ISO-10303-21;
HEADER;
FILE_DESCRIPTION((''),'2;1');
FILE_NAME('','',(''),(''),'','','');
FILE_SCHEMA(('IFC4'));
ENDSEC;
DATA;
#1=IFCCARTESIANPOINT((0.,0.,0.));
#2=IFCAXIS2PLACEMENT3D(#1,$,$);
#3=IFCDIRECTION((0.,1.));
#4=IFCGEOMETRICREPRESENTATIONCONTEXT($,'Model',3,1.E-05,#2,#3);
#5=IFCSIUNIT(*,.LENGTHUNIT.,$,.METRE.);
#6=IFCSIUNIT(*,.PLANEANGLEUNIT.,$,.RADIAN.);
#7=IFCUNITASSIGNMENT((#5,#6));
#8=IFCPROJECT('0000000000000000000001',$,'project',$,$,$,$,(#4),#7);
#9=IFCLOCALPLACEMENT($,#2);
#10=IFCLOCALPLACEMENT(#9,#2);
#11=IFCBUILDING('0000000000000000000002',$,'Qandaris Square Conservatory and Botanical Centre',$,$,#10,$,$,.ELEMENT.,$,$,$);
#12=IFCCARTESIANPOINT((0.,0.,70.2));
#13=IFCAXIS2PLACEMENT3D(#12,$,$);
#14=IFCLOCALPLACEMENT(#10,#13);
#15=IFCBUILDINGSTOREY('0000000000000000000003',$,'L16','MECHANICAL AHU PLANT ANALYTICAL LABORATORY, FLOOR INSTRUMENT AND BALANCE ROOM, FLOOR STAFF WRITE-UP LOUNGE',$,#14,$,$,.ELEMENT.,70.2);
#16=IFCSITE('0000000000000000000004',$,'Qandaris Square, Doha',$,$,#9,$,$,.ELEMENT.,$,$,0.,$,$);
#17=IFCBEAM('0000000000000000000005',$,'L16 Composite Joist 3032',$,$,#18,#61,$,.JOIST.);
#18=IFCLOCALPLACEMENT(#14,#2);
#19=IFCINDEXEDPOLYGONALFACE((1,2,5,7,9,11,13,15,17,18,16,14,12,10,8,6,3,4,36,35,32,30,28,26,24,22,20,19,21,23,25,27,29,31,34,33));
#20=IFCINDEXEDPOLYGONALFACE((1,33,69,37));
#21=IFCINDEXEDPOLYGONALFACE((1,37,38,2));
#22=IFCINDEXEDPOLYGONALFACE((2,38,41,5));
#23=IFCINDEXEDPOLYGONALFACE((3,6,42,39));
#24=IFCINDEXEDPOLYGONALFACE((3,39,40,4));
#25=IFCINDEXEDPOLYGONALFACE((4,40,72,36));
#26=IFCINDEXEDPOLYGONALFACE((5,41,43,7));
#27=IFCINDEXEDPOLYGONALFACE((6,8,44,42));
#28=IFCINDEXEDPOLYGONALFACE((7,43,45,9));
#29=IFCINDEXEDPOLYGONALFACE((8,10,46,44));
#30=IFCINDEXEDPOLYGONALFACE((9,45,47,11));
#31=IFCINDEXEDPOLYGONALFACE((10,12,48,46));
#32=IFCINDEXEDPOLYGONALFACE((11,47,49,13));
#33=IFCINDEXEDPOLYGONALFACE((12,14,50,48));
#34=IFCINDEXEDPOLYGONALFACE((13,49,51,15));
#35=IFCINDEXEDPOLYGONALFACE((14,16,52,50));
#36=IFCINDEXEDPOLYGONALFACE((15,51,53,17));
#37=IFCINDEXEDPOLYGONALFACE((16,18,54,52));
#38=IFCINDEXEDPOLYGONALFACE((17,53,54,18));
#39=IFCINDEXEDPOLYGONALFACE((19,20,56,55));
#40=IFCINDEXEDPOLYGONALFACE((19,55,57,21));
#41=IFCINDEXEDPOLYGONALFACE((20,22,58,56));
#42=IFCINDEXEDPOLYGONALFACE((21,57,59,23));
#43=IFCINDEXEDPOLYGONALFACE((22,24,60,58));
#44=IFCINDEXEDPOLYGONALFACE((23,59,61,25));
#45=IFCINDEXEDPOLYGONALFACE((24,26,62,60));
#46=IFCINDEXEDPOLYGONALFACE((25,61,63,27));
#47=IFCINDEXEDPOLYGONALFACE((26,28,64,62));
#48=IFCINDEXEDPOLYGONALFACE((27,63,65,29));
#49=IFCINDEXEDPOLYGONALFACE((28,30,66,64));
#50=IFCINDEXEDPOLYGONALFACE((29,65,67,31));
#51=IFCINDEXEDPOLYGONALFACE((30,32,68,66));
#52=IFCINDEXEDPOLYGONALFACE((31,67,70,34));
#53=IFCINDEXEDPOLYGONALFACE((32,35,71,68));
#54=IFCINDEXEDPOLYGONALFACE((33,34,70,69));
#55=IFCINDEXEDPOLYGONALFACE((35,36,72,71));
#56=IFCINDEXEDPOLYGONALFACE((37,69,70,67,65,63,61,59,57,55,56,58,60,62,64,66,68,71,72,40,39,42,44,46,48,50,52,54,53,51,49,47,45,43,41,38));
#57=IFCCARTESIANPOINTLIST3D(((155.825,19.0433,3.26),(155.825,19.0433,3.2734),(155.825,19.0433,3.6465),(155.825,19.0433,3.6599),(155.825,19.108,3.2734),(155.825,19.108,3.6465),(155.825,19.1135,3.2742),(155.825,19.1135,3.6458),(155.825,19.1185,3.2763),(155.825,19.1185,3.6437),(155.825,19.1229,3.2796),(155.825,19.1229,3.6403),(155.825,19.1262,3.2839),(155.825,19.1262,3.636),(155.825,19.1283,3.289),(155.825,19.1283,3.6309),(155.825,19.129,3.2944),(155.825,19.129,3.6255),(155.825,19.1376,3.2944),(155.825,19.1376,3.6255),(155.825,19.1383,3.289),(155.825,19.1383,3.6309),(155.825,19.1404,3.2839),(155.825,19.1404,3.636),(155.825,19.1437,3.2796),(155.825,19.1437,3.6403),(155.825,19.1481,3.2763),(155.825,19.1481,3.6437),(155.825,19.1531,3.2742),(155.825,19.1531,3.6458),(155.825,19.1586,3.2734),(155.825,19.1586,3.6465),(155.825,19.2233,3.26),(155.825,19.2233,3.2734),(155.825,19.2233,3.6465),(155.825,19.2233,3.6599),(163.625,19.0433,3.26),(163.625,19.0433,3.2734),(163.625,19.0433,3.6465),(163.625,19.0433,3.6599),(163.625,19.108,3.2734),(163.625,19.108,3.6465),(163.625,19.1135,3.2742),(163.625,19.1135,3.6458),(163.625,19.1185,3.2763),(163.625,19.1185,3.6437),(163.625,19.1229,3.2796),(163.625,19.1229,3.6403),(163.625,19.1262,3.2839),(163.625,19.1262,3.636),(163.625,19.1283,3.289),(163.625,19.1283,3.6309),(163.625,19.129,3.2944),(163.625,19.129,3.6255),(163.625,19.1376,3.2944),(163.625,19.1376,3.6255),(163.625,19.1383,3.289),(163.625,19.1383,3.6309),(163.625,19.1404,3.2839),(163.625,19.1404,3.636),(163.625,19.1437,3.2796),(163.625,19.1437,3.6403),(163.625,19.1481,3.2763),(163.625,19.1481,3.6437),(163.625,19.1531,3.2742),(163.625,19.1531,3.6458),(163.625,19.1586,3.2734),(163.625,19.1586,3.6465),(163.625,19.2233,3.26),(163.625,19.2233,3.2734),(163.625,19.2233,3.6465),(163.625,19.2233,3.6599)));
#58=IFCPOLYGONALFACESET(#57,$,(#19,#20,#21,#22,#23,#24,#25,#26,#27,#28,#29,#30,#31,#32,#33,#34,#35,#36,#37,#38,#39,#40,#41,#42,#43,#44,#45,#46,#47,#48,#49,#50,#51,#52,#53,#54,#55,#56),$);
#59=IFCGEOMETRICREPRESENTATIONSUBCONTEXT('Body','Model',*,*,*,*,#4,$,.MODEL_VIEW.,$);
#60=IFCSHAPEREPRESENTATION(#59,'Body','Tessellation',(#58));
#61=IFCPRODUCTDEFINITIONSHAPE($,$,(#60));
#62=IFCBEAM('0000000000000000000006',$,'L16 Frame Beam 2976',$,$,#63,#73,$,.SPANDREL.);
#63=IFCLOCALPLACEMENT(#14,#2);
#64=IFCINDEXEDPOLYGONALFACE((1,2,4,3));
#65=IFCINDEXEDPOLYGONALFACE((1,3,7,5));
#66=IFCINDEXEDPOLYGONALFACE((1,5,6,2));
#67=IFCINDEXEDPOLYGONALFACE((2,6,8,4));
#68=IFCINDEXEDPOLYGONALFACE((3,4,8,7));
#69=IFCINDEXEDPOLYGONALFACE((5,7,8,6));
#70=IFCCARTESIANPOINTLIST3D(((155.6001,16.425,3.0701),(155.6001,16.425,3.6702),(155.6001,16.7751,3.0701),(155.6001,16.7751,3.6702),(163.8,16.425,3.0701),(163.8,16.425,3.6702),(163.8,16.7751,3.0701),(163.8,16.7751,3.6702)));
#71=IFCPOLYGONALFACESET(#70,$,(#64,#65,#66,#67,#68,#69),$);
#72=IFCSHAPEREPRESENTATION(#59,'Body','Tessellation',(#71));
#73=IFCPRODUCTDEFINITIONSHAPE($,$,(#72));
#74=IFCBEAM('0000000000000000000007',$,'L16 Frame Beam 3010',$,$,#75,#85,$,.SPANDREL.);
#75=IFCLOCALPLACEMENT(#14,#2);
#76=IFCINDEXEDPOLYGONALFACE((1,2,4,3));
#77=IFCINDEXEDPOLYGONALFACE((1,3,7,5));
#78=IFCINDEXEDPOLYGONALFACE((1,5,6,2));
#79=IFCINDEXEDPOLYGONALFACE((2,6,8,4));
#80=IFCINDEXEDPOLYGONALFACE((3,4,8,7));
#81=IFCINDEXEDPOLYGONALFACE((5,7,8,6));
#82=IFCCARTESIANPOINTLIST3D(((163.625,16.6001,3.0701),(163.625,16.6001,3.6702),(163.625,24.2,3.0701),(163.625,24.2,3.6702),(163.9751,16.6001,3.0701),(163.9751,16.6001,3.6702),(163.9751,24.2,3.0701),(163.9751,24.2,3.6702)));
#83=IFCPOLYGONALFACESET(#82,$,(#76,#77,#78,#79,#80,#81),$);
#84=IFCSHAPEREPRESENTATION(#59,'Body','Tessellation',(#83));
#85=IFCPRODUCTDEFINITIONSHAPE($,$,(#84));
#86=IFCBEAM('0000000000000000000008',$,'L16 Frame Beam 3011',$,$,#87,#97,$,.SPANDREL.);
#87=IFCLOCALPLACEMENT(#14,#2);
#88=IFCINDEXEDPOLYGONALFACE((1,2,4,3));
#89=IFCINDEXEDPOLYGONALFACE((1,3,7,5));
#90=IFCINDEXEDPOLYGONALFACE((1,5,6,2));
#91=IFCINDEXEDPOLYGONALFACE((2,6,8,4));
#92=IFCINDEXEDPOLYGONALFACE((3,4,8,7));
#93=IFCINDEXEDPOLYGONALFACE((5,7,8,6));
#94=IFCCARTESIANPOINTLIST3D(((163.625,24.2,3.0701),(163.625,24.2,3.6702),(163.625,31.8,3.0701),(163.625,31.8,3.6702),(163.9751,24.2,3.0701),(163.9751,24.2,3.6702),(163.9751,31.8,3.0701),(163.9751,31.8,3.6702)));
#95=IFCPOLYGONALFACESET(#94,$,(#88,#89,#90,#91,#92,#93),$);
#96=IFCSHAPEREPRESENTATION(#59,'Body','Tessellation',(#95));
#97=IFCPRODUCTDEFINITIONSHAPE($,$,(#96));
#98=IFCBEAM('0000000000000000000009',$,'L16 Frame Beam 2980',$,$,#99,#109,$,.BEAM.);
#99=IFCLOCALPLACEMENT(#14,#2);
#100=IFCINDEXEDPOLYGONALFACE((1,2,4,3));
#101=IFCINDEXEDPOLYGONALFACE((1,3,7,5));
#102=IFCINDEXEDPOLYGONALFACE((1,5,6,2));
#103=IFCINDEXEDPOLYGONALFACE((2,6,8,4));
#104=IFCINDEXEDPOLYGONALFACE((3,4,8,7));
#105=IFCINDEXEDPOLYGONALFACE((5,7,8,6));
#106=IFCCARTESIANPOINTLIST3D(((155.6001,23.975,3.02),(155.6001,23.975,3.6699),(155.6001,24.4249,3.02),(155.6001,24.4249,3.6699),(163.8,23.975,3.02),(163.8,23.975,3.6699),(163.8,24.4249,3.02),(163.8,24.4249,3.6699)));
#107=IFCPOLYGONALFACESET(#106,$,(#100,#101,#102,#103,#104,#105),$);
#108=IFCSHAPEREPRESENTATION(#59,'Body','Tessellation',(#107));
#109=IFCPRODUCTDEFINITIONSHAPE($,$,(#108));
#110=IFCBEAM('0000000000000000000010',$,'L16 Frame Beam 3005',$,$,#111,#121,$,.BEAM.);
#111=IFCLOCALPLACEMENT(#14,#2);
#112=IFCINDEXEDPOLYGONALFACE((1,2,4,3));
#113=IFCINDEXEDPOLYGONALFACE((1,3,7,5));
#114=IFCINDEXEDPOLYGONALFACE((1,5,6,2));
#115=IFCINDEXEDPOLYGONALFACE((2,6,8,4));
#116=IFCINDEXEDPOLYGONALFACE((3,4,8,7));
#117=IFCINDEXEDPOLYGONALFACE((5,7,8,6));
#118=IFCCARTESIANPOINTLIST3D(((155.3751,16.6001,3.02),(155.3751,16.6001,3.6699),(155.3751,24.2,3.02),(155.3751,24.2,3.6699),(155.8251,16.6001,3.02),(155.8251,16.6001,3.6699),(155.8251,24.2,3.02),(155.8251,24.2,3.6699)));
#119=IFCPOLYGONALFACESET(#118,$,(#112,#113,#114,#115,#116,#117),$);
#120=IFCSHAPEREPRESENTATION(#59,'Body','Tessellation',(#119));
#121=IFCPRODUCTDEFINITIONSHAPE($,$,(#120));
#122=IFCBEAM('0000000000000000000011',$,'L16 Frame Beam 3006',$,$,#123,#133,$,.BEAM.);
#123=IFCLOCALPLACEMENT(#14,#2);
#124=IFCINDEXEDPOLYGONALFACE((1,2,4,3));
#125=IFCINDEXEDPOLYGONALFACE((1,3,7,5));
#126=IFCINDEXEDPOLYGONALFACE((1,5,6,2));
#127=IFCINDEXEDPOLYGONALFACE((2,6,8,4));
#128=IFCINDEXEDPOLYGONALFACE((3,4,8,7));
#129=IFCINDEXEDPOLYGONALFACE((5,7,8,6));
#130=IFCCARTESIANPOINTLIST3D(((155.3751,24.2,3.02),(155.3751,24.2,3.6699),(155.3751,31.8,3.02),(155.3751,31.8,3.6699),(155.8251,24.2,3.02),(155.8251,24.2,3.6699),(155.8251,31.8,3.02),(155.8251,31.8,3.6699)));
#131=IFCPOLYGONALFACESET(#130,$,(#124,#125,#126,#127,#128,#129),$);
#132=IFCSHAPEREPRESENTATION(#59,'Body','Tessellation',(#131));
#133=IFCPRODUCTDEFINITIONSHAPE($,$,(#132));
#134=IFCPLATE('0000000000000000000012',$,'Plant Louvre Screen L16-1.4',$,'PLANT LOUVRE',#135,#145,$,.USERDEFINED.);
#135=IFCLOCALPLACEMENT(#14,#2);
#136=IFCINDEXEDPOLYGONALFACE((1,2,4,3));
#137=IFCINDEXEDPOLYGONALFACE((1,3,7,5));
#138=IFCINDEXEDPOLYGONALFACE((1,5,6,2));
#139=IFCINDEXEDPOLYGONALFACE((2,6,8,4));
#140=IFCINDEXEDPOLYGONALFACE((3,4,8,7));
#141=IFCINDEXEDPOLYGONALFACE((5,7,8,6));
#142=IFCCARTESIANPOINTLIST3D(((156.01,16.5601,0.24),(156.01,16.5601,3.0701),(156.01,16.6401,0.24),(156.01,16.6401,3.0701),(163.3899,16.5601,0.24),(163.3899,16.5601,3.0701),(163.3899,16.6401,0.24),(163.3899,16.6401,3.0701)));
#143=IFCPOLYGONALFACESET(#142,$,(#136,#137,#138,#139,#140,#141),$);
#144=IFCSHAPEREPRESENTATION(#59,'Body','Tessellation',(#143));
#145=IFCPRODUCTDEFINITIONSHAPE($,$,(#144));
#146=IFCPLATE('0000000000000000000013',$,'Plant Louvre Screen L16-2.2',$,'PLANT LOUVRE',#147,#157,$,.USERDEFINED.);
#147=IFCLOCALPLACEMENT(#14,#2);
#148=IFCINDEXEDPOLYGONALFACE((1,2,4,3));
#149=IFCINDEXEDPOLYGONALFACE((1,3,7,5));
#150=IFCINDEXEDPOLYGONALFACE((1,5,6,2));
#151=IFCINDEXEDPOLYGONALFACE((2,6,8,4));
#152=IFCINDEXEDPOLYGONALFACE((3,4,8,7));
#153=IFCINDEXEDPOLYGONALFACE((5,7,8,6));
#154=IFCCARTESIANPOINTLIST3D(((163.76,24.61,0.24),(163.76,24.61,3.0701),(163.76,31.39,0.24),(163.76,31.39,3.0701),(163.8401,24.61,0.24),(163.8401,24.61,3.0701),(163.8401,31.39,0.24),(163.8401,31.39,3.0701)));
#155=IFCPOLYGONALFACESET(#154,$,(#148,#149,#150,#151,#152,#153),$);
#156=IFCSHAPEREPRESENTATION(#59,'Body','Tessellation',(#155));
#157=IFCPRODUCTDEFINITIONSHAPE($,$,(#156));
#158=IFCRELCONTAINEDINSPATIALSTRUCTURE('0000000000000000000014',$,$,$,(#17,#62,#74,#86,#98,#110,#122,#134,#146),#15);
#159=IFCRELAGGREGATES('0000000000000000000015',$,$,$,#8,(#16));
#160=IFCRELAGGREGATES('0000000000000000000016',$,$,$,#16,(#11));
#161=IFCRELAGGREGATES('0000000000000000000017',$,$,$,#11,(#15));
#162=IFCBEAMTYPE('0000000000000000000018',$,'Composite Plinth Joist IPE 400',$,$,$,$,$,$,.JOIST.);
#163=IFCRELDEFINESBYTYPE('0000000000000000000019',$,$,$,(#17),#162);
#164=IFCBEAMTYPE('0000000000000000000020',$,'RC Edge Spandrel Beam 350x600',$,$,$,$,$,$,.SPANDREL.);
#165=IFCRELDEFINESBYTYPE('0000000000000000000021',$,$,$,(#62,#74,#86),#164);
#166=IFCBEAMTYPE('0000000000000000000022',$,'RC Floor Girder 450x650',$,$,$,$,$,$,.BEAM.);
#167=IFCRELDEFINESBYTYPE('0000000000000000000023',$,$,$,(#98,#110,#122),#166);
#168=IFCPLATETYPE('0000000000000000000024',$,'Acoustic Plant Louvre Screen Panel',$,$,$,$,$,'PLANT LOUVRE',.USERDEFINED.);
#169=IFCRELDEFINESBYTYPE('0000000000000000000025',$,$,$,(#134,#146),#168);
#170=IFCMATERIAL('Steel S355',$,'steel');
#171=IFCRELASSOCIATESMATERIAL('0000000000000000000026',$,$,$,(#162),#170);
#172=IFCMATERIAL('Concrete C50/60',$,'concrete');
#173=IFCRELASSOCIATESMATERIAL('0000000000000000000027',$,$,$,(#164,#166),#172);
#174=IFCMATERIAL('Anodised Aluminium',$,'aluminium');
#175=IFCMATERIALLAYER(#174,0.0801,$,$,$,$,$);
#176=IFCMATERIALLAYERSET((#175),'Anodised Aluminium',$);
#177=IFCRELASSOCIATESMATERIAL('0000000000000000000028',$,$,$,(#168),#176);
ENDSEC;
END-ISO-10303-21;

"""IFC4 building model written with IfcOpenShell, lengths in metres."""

from ifc_helpers import new_model, si_unit, direction, frame, origin, origin_2d, place, context, subcontext, project, spatial, rectangle, i_section, extrude, material, layer, layer_set, material_profile, profile_set, type_object, element, save


model = new_model("IFC4")

# Units and contexts
model_context = context("Model", 3, precision=1e-05, world=origin(), true_north=direction((0.0, 1.0)))
body_context = subcontext(model_context, "Body", "Model", "MODEL_VIEW")
ifc_project = project(units=[si_unit("LENGTHUNIT", "METRE"), si_unit("PLANEANGLEUNIT", "RADIAN")], contexts=[model_context])

# Site, building, storey
site_placement = place(None, origin())
site = spatial("IfcSite", under=ifc_project, at=site_placement, Name="Qandaris Square, Doha", CompositionType="ELEMENT", RefElevation=0.0)
building_placement = place(site_placement, origin())
building = spatial("IfcBuilding", under=site, at=building_placement, Name="Qandaris Square Conservatory and Botanical Centre", CompositionType="ELEMENT")
storey_placement = place(building_placement, frame((0.0, 0.0, 70.2)))
storey = spatial("IfcBuildingStorey", under=building, at=storey_placement, Name="L16", Description="MECHANICAL AHU PLANT ANALYTICAL LABORATORY, FLOOR INSTRUMENT AND BALANCE ROOM, FLOOR STAFF WRITE-UP LOUNGE", CompositionType="ELEMENT", Elevation=70.2)

# Shared definitions
ifc_material_1 = material(Name="Concrete C50/60", Category="concrete")

# Beams
ifc_material_2 = material(Name="Steel S355", Category="steel")
ifc_material_profile_1 = material_profile(ifc_material_2, i_section(OverallWidth=0.1799, OverallDepth=0.3999, WebThickness=0.0085, FlangeThickness=0.0134, FilletRadius=0.021, at=origin_2d()), Name="IPE 400")
ifc_profile_set_1 = profile_set([ifc_material_profile_1], Name="Steel S355")
beam_type_1 = type_object("IfcBeamType", Name="Composite Plinth Joist IPE 400", PredefinedType="JOIST", material=ifc_profile_set_1)
beam_1_placement = place(storey_placement, frame((155.825, 19.1333, 3.46), z_axis=(1.0, 0.0, 0.0), x_axis=(0.0, 1.0, 0.0)))
element("IfcBeam", 1, at=beam_1_placement, inside=storey, type_object=beam_type_1, Name="L16 Composite Joist 3032", PredefinedType="JOIST", context=body_context, shape_type="SweptSolid", body=[
    extrude(i_section(OverallWidth=0.1799, OverallDepth=0.3999, WebThickness=0.0085, FlangeThickness=0.0134, FilletRadius=0.021, at=origin_2d()), origin(), (0.0, 0.0, 1.0), 7.8),
])
ifc_material_profile_2 = material_profile(ifc_material_1, rectangle(XDim=0.3501, YDim=0.6001, at=origin_2d()), Name="RC-SP 350x600")
ifc_profile_set_2 = profile_set([ifc_material_profile_2], Name="Concrete C50/60")
beam_type_2 = type_object("IfcBeamType", Name="RC Edge Spandrel Beam 350x600", PredefinedType="SPANDREL", material=ifc_profile_set_2)
beam_2_placement = place(storey_placement, frame((155.6001, 16.6001, 3.3701), z_axis=(1.0, 0.0, 0.0), x_axis=(0.0, 1.0, 0.0)))
element("IfcBeam", 2, at=beam_2_placement, inside=storey, type_object=beam_type_2, Name="L16 Frame Beam 2976", PredefinedType="SPANDREL", context=body_context, shape_type="SweptSolid", body=[
    extrude(rectangle(XDim=0.3501, YDim=0.6001, at=origin_2d()), origin(), (0.0, 0.0, 1.0), 8.2),
])
beam_3_placement = place(storey_placement, frame((163.8, 16.6001, 3.3701), z_axis=(0.0, 1.0, 0.0), x_axis=(-1.0, 0.0, 0.0)))
element("IfcBeam", 3, at=beam_3_placement, inside=storey, type_object=beam_type_2, Name="L16 Frame Beam 3010", PredefinedType="SPANDREL", context=body_context, shape_type="SweptSolid", body=[
    extrude(rectangle(XDim=0.3501, YDim=0.6001, at=origin_2d()), origin(), (0.0, 0.0, 1.0), 7.5999),
])
beam_4_placement = place(storey_placement, frame((163.8, 24.2, 3.3701), z_axis=(0.0, 1.0, 0.0), x_axis=(-1.0, 0.0, 0.0)))
element("IfcBeam", 4, at=beam_4_placement, inside=storey, type_object=beam_type_2, Name="L16 Frame Beam 3011", PredefinedType="SPANDREL", context=body_context, shape_type="SweptSolid", body=[
    extrude(rectangle(XDim=0.3501, YDim=0.6001, at=origin_2d()), origin(), (0.0, 0.0, 1.0), 7.6001),
])
ifc_material_profile_3 = material_profile(ifc_material_1, rectangle(XDim=0.45, YDim=0.6499, at=origin_2d()), Name="RC-BM 450x650")
ifc_profile_set_3 = profile_set([ifc_material_profile_3], Name="Concrete C50/60")
beam_type_3 = type_object("IfcBeamType", Name="RC Floor Girder 450x650", PredefinedType="BEAM", material=ifc_profile_set_3)
beam_5_placement = place(storey_placement, frame((155.6001, 24.2, 3.345), z_axis=(1.0, 0.0, 0.0), x_axis=(0.0, 1.0, 0.0)))
element("IfcBeam", 5, at=beam_5_placement, inside=storey, type_object=beam_type_3, Name="L16 Frame Beam 2980", PredefinedType="BEAM", context=body_context, shape_type="SweptSolid", body=[
    extrude(rectangle(XDim=0.45, YDim=0.6499, at=origin_2d()), origin(), (0.0, 0.0, 1.0), 8.2),
])
beam_6_placement = place(storey_placement, frame((155.6001, 16.6001, 3.345), z_axis=(0.0, 1.0, 0.0), x_axis=(-1.0, 0.0, 0.0)))
element("IfcBeam", 6, at=beam_6_placement, inside=storey, type_object=beam_type_3, Name="L16 Frame Beam 3005", PredefinedType="BEAM", context=body_context, shape_type="SweptSolid", body=[
    extrude(rectangle(XDim=0.45, YDim=0.6499, at=origin_2d()), origin(), (0.0, 0.0, 1.0), 7.5999),
])
beam_7_placement = place(storey_placement, frame((155.6001, 24.2, 3.345), z_axis=(0.0, 1.0, 0.0), x_axis=(-1.0, 0.0, 0.0)))
element("IfcBeam", 7, at=beam_7_placement, inside=storey, type_object=beam_type_3, Name="L16 Frame Beam 3006", PredefinedType="BEAM", context=body_context, shape_type="SweptSolid", body=[
    extrude(rectangle(XDim=0.45, YDim=0.6499, at=origin_2d()), origin(), (0.0, 0.0, 1.0), 7.6001),
])

# Plates
ifc_material_3 = material(Name="Anodised Aluminium", Category="aluminium")
ifc_layer_1 = layer(ifc_material_3, 0.0801)
ifc_layer_set_1 = layer_set([ifc_layer_1], Name="Anodised Aluminium")
plate_type = type_object("IfcPlateType", Name="Acoustic Plant Louvre Screen Panel", ElementType="PLANT LOUVRE", PredefinedType="USERDEFINED", material=ifc_layer_set_1)
plate_1_placement = place(storey_placement, frame((159.7, 16.6001, 0.24), z_axis=(0.0, 0.0, 1.0), x_axis=(1.0, 0.0, 0.0)))
element("IfcPlate", 8, at=plate_1_placement, inside=storey, type_object=plate_type, Name="Plant Louvre Screen L16-1.4", ObjectType="PLANT LOUVRE", PredefinedType="USERDEFINED", context=body_context, shape_type="SweptSolid", body=[
    extrude(rectangle(XDim=7.3799, YDim=0.0801, at=origin_2d()), origin(), (0.0, 0.0, 1.0), 2.8301),
])
plate_2_placement = place(storey_placement, frame((163.8, 28.0, 0.24), z_axis=(0.0, 0.0, 1.0), x_axis=(0.0, 1.0, 0.0)))
element("IfcPlate", 9, at=plate_2_placement, inside=storey, type_object=plate_type, Name="Plant Louvre Screen L16-2.2", ObjectType="PLANT LOUVRE", PredefinedType="USERDEFINED", context=body_context, shape_type="SweptSolid", body=[
    extrude(rectangle(XDim=6.78, YDim=0.0801, at=origin_2d()), origin(), (0.0, 0.0, 1.0), 2.8301),
])

save(model, "model.ifc")
